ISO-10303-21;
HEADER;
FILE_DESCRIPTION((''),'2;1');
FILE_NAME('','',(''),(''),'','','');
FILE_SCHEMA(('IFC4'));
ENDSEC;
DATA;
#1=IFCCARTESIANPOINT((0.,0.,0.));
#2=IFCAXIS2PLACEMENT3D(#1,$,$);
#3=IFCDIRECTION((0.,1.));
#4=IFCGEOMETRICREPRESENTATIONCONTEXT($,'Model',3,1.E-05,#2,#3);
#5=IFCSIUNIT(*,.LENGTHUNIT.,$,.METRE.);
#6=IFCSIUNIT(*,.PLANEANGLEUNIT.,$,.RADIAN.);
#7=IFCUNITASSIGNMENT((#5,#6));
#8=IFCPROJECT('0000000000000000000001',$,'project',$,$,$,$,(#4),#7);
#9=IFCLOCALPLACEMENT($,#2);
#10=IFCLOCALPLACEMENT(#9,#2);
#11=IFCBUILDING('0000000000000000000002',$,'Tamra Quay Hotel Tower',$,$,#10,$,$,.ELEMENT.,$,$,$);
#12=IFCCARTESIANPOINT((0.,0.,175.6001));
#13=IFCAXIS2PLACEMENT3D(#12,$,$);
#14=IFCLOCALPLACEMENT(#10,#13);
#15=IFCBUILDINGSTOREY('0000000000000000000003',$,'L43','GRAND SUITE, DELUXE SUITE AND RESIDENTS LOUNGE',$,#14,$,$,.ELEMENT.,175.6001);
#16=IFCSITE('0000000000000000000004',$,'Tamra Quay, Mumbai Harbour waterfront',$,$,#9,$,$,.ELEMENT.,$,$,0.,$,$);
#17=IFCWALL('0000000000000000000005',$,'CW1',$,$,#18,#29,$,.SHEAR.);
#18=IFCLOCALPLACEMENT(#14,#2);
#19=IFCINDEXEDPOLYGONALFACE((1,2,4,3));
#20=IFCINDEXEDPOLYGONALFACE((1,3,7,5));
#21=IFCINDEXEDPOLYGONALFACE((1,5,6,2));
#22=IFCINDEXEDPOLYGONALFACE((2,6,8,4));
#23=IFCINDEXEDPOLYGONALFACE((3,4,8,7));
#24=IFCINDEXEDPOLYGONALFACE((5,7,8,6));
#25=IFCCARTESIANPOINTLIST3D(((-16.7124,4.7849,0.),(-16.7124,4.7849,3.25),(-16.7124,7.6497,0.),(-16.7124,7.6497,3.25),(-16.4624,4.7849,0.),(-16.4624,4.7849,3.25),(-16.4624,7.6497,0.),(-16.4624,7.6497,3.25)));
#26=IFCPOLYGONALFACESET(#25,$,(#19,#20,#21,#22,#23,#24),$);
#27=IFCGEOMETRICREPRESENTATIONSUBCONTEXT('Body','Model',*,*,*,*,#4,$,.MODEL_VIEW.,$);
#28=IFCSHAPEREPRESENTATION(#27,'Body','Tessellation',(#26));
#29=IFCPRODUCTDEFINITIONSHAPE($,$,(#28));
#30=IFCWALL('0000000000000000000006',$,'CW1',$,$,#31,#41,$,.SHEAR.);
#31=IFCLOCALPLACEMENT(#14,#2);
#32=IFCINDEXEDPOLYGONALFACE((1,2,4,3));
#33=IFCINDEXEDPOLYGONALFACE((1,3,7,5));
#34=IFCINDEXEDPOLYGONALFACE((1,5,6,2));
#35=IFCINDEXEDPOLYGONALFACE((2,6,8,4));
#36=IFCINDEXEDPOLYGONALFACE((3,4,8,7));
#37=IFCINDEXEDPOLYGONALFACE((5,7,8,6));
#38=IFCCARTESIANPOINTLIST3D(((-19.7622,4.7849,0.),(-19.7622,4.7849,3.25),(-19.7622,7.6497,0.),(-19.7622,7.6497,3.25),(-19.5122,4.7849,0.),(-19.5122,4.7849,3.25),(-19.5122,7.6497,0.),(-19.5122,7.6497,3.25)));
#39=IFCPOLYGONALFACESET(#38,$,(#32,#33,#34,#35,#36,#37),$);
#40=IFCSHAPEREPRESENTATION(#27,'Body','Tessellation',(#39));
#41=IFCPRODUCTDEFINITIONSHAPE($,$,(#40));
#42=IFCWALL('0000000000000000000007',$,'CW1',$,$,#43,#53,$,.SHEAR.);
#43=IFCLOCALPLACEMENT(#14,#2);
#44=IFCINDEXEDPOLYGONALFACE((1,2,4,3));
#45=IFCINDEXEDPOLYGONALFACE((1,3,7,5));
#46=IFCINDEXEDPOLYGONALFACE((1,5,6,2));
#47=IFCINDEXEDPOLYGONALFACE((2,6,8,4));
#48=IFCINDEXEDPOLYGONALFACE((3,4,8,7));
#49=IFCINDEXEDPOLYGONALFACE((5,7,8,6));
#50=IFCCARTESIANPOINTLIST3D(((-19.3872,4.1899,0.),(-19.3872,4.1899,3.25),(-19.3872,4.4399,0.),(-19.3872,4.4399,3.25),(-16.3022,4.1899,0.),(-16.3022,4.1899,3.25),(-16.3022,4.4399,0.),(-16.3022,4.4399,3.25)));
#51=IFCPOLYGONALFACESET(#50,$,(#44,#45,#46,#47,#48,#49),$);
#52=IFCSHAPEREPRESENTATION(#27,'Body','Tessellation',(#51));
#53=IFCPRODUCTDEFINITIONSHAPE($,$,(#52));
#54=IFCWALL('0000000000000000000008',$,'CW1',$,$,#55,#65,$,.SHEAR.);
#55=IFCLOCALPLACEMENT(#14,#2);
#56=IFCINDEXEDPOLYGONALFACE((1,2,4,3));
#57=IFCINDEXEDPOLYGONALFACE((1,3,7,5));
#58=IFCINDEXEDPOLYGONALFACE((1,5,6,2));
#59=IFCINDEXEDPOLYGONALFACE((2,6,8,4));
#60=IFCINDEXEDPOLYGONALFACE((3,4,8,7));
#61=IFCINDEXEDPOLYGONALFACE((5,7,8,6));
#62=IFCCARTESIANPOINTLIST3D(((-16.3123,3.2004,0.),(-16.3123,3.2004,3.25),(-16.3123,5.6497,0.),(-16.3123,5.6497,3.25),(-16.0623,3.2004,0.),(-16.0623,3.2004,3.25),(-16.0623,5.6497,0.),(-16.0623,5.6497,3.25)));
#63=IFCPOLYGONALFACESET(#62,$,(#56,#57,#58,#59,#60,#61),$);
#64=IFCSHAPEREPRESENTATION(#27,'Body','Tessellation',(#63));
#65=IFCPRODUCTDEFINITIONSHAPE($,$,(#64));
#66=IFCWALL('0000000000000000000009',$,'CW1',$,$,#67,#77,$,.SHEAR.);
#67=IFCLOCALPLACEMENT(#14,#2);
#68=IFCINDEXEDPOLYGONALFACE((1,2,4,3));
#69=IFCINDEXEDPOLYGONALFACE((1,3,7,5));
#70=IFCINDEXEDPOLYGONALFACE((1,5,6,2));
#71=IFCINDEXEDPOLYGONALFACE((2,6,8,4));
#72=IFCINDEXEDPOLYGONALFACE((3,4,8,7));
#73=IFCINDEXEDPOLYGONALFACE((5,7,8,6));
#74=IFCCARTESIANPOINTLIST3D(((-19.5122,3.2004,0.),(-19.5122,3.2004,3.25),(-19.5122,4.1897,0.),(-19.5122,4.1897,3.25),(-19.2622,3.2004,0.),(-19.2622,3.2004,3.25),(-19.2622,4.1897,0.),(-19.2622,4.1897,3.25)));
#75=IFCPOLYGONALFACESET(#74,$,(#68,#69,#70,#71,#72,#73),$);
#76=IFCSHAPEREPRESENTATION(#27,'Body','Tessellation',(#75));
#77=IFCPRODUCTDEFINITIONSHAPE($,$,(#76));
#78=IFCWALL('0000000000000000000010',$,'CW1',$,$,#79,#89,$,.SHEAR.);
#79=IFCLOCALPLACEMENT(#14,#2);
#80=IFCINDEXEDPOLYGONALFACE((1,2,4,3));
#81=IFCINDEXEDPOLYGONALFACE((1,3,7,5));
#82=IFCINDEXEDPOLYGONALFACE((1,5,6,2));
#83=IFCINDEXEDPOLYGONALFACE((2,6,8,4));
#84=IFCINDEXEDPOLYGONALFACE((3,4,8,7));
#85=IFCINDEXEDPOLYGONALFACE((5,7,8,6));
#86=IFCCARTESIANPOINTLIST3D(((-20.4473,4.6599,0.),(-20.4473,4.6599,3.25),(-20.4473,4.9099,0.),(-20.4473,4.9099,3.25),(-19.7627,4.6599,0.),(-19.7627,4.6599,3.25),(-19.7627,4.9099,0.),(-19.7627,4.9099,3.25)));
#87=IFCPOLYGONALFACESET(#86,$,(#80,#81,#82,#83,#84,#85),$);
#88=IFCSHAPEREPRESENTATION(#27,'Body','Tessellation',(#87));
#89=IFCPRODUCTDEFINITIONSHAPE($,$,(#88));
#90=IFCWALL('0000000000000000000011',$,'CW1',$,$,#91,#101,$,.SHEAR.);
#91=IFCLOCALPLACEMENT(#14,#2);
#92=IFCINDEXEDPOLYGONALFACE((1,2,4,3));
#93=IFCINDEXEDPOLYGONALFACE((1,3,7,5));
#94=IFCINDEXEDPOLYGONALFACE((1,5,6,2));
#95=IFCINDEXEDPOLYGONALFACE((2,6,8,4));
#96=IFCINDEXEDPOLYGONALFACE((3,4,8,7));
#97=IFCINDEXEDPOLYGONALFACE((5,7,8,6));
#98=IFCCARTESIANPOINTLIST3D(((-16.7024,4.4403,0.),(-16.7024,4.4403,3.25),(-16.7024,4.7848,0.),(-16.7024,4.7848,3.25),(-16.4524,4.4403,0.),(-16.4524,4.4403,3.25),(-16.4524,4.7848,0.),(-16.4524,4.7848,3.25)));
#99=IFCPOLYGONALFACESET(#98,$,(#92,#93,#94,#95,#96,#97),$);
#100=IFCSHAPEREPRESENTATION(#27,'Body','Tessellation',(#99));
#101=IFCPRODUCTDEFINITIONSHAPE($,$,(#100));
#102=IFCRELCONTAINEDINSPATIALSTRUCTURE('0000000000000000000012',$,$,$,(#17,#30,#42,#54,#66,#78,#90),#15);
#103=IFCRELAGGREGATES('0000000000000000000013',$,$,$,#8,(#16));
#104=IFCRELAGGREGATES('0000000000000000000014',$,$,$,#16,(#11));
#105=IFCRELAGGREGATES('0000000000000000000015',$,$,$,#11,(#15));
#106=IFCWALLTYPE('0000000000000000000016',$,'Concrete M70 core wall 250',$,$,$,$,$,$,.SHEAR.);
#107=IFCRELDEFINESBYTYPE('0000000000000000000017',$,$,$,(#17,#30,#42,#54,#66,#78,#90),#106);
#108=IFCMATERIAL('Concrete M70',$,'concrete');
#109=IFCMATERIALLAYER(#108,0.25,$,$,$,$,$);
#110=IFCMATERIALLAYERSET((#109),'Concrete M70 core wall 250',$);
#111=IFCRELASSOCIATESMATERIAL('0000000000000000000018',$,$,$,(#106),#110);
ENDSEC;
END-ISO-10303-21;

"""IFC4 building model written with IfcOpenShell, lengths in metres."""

from ifc_helpers import new_model, si_unit, direction, frame, frame_2d, origin, place, context, subcontext, project, spatial, rectangle, extrude, material, layer, layer_set, type_object, element, save


model = new_model("IFC4")

# Units and contexts
model_context = context("Model", 3, precision=1e-05, world=origin(), true_north=direction((0.0, 1.0)))
body_context = subcontext(model_context, "Body", "Model", "MODEL_VIEW")
ifc_project = project(units=[si_unit("LENGTHUNIT", "METRE"), si_unit("PLANEANGLEUNIT", "RADIAN")], contexts=[model_context])

# Site, building, storey
site_placement = place(None, origin())
site = spatial("IfcSite", under=ifc_project, at=site_placement, Name="Tamra Quay, Mumbai Harbour waterfront", CompositionType="ELEMENT", RefElevation=0.0)
building_placement = place(site_placement, origin())
building = spatial("IfcBuilding", under=site, at=building_placement, Name="Tamra Quay Hotel Tower", CompositionType="ELEMENT")
storey_placement = place(building_placement, frame((0.0, 0.0, 175.6001)))
storey = spatial("IfcBuildingStorey", under=building, at=storey_placement, Name="L43", Description="GRAND SUITE, DELUXE SUITE AND RESIDENTS LOUNGE", CompositionType="ELEMENT", Elevation=175.6001)

# Shared definitions
ifc_material_1 = material(Name="Concrete M70", Category="concrete")

# Walls
ifc_layer_1 = layer(ifc_material_1, 0.25)
ifc_layer_set_1 = layer_set([ifc_layer_1], Name="Concrete M70 core wall 250")
wall_type_1 = type_object("IfcWallType", Name="Concrete M70 core wall 250", PredefinedType="SHEAR", material=ifc_layer_set_1)
for number, where, z_axis, x_axis, name in (
    (1, (-16.5874, 7.6497, 0.0), (0.0, 0.0, 1.0), (0.0, -1.0, 0.0), "CW1"),
    (2, (-19.6372, 4.7849, 0.0), (0.0, 0.0, 1.0), (0.0, 1.0, 0.0), "CW1"),
):
    element("IfcWall", number, at=place(storey_placement, frame(where, z_axis=z_axis, x_axis=x_axis)), inside=storey, type_object=wall_type_1, Name=name, PredefinedType="SHEAR", context=body_context, shape_type="SweptSolid", body=[
        extrude(rectangle(XDim=2.8647, YDim=0.25, at=frame_2d((1.4324, 0.0))), origin(), (0.0, 0.0, 1.0), 3.25),
    ])
wall_1_placement = place(storey_placement, frame((-16.3022, 4.3149, 0.0), z_axis=(0.0, 0.0, 1.0), x_axis=(-1.0, 0.0, 0.0)))
element("IfcWall", 3, at=wall_1_placement, inside=storey, type_object=wall_type_1, Name="CW1", PredefinedType="SHEAR", context=body_context, shape_type="SweptSolid", body=[
    extrude(rectangle(XDim=3.085, YDim=0.25, at=frame_2d((1.5425, 0.0))), origin(), (0.0, 0.0, 1.0), 3.25),
])
wall_2_placement = place(storey_placement, frame((-16.1873, 3.2004, 0.0), z_axis=(0.0, 0.0, 1.0), x_axis=(0.0, 1.0, 0.0)))
element("IfcWall", 4, at=wall_2_placement, inside=storey, type_object=wall_type_1, Name="CW1", PredefinedType="SHEAR", context=body_context, shape_type="SweptSolid", body=[
    extrude(rectangle(XDim=2.4492, YDim=0.25, at=frame_2d((1.2246, 0.0))), origin(), (0.0, 0.0, 1.0), 3.25),
])
wall_3_placement = place(storey_placement, frame((-19.3872, 4.1897, 0.0), z_axis=(0.0, 0.0, 1.0), x_axis=(0.0, -1.0, 0.0)))
element("IfcWall", 5, at=wall_3_placement, inside=storey, type_object=wall_type_1, Name="CW1", PredefinedType="SHEAR", context=body_context, shape_type="SweptSolid", body=[
    extrude(rectangle(XDim=0.9893, YDim=0.25, at=frame_2d((0.4946, 0.0))), origin(), (0.0, 0.0, 1.0), 3.25),
])
wall_4_placement = place(storey_placement, frame((-20.4473, 4.7849, 0.0), z_axis=(0.0, 0.0, 1.0), x_axis=(1.0, 0.0, 0.0)))
element("IfcWall", 6, at=wall_4_placement, inside=storey, type_object=wall_type_1, Name="CW1", PredefinedType="SHEAR", context=body_context, shape_type="SweptSolid", body=[
    extrude(rectangle(XDim=0.6846, YDim=0.25, at=frame_2d((0.3423, 0.0))), origin(), (0.0, 0.0, 1.0), 3.25),
])
wall_5_placement = place(storey_placement, frame((-16.5774, 4.7849, 0.0), z_axis=(0.0, 0.0, 1.0), x_axis=(0.0, -1.0, 0.0)))
element("IfcWall", 7, at=wall_5_placement, inside=storey, type_object=wall_type_1, Name="CW1", PredefinedType="SHEAR", context=body_context, shape_type="SweptSolid", body=[
    extrude(rectangle(XDim=0.3445, YDim=0.25, at=frame_2d((0.1724, 0.0))), origin(), (0.0, 0.0, 1.0), 3.25),
])

save(model, "model.ifc")
